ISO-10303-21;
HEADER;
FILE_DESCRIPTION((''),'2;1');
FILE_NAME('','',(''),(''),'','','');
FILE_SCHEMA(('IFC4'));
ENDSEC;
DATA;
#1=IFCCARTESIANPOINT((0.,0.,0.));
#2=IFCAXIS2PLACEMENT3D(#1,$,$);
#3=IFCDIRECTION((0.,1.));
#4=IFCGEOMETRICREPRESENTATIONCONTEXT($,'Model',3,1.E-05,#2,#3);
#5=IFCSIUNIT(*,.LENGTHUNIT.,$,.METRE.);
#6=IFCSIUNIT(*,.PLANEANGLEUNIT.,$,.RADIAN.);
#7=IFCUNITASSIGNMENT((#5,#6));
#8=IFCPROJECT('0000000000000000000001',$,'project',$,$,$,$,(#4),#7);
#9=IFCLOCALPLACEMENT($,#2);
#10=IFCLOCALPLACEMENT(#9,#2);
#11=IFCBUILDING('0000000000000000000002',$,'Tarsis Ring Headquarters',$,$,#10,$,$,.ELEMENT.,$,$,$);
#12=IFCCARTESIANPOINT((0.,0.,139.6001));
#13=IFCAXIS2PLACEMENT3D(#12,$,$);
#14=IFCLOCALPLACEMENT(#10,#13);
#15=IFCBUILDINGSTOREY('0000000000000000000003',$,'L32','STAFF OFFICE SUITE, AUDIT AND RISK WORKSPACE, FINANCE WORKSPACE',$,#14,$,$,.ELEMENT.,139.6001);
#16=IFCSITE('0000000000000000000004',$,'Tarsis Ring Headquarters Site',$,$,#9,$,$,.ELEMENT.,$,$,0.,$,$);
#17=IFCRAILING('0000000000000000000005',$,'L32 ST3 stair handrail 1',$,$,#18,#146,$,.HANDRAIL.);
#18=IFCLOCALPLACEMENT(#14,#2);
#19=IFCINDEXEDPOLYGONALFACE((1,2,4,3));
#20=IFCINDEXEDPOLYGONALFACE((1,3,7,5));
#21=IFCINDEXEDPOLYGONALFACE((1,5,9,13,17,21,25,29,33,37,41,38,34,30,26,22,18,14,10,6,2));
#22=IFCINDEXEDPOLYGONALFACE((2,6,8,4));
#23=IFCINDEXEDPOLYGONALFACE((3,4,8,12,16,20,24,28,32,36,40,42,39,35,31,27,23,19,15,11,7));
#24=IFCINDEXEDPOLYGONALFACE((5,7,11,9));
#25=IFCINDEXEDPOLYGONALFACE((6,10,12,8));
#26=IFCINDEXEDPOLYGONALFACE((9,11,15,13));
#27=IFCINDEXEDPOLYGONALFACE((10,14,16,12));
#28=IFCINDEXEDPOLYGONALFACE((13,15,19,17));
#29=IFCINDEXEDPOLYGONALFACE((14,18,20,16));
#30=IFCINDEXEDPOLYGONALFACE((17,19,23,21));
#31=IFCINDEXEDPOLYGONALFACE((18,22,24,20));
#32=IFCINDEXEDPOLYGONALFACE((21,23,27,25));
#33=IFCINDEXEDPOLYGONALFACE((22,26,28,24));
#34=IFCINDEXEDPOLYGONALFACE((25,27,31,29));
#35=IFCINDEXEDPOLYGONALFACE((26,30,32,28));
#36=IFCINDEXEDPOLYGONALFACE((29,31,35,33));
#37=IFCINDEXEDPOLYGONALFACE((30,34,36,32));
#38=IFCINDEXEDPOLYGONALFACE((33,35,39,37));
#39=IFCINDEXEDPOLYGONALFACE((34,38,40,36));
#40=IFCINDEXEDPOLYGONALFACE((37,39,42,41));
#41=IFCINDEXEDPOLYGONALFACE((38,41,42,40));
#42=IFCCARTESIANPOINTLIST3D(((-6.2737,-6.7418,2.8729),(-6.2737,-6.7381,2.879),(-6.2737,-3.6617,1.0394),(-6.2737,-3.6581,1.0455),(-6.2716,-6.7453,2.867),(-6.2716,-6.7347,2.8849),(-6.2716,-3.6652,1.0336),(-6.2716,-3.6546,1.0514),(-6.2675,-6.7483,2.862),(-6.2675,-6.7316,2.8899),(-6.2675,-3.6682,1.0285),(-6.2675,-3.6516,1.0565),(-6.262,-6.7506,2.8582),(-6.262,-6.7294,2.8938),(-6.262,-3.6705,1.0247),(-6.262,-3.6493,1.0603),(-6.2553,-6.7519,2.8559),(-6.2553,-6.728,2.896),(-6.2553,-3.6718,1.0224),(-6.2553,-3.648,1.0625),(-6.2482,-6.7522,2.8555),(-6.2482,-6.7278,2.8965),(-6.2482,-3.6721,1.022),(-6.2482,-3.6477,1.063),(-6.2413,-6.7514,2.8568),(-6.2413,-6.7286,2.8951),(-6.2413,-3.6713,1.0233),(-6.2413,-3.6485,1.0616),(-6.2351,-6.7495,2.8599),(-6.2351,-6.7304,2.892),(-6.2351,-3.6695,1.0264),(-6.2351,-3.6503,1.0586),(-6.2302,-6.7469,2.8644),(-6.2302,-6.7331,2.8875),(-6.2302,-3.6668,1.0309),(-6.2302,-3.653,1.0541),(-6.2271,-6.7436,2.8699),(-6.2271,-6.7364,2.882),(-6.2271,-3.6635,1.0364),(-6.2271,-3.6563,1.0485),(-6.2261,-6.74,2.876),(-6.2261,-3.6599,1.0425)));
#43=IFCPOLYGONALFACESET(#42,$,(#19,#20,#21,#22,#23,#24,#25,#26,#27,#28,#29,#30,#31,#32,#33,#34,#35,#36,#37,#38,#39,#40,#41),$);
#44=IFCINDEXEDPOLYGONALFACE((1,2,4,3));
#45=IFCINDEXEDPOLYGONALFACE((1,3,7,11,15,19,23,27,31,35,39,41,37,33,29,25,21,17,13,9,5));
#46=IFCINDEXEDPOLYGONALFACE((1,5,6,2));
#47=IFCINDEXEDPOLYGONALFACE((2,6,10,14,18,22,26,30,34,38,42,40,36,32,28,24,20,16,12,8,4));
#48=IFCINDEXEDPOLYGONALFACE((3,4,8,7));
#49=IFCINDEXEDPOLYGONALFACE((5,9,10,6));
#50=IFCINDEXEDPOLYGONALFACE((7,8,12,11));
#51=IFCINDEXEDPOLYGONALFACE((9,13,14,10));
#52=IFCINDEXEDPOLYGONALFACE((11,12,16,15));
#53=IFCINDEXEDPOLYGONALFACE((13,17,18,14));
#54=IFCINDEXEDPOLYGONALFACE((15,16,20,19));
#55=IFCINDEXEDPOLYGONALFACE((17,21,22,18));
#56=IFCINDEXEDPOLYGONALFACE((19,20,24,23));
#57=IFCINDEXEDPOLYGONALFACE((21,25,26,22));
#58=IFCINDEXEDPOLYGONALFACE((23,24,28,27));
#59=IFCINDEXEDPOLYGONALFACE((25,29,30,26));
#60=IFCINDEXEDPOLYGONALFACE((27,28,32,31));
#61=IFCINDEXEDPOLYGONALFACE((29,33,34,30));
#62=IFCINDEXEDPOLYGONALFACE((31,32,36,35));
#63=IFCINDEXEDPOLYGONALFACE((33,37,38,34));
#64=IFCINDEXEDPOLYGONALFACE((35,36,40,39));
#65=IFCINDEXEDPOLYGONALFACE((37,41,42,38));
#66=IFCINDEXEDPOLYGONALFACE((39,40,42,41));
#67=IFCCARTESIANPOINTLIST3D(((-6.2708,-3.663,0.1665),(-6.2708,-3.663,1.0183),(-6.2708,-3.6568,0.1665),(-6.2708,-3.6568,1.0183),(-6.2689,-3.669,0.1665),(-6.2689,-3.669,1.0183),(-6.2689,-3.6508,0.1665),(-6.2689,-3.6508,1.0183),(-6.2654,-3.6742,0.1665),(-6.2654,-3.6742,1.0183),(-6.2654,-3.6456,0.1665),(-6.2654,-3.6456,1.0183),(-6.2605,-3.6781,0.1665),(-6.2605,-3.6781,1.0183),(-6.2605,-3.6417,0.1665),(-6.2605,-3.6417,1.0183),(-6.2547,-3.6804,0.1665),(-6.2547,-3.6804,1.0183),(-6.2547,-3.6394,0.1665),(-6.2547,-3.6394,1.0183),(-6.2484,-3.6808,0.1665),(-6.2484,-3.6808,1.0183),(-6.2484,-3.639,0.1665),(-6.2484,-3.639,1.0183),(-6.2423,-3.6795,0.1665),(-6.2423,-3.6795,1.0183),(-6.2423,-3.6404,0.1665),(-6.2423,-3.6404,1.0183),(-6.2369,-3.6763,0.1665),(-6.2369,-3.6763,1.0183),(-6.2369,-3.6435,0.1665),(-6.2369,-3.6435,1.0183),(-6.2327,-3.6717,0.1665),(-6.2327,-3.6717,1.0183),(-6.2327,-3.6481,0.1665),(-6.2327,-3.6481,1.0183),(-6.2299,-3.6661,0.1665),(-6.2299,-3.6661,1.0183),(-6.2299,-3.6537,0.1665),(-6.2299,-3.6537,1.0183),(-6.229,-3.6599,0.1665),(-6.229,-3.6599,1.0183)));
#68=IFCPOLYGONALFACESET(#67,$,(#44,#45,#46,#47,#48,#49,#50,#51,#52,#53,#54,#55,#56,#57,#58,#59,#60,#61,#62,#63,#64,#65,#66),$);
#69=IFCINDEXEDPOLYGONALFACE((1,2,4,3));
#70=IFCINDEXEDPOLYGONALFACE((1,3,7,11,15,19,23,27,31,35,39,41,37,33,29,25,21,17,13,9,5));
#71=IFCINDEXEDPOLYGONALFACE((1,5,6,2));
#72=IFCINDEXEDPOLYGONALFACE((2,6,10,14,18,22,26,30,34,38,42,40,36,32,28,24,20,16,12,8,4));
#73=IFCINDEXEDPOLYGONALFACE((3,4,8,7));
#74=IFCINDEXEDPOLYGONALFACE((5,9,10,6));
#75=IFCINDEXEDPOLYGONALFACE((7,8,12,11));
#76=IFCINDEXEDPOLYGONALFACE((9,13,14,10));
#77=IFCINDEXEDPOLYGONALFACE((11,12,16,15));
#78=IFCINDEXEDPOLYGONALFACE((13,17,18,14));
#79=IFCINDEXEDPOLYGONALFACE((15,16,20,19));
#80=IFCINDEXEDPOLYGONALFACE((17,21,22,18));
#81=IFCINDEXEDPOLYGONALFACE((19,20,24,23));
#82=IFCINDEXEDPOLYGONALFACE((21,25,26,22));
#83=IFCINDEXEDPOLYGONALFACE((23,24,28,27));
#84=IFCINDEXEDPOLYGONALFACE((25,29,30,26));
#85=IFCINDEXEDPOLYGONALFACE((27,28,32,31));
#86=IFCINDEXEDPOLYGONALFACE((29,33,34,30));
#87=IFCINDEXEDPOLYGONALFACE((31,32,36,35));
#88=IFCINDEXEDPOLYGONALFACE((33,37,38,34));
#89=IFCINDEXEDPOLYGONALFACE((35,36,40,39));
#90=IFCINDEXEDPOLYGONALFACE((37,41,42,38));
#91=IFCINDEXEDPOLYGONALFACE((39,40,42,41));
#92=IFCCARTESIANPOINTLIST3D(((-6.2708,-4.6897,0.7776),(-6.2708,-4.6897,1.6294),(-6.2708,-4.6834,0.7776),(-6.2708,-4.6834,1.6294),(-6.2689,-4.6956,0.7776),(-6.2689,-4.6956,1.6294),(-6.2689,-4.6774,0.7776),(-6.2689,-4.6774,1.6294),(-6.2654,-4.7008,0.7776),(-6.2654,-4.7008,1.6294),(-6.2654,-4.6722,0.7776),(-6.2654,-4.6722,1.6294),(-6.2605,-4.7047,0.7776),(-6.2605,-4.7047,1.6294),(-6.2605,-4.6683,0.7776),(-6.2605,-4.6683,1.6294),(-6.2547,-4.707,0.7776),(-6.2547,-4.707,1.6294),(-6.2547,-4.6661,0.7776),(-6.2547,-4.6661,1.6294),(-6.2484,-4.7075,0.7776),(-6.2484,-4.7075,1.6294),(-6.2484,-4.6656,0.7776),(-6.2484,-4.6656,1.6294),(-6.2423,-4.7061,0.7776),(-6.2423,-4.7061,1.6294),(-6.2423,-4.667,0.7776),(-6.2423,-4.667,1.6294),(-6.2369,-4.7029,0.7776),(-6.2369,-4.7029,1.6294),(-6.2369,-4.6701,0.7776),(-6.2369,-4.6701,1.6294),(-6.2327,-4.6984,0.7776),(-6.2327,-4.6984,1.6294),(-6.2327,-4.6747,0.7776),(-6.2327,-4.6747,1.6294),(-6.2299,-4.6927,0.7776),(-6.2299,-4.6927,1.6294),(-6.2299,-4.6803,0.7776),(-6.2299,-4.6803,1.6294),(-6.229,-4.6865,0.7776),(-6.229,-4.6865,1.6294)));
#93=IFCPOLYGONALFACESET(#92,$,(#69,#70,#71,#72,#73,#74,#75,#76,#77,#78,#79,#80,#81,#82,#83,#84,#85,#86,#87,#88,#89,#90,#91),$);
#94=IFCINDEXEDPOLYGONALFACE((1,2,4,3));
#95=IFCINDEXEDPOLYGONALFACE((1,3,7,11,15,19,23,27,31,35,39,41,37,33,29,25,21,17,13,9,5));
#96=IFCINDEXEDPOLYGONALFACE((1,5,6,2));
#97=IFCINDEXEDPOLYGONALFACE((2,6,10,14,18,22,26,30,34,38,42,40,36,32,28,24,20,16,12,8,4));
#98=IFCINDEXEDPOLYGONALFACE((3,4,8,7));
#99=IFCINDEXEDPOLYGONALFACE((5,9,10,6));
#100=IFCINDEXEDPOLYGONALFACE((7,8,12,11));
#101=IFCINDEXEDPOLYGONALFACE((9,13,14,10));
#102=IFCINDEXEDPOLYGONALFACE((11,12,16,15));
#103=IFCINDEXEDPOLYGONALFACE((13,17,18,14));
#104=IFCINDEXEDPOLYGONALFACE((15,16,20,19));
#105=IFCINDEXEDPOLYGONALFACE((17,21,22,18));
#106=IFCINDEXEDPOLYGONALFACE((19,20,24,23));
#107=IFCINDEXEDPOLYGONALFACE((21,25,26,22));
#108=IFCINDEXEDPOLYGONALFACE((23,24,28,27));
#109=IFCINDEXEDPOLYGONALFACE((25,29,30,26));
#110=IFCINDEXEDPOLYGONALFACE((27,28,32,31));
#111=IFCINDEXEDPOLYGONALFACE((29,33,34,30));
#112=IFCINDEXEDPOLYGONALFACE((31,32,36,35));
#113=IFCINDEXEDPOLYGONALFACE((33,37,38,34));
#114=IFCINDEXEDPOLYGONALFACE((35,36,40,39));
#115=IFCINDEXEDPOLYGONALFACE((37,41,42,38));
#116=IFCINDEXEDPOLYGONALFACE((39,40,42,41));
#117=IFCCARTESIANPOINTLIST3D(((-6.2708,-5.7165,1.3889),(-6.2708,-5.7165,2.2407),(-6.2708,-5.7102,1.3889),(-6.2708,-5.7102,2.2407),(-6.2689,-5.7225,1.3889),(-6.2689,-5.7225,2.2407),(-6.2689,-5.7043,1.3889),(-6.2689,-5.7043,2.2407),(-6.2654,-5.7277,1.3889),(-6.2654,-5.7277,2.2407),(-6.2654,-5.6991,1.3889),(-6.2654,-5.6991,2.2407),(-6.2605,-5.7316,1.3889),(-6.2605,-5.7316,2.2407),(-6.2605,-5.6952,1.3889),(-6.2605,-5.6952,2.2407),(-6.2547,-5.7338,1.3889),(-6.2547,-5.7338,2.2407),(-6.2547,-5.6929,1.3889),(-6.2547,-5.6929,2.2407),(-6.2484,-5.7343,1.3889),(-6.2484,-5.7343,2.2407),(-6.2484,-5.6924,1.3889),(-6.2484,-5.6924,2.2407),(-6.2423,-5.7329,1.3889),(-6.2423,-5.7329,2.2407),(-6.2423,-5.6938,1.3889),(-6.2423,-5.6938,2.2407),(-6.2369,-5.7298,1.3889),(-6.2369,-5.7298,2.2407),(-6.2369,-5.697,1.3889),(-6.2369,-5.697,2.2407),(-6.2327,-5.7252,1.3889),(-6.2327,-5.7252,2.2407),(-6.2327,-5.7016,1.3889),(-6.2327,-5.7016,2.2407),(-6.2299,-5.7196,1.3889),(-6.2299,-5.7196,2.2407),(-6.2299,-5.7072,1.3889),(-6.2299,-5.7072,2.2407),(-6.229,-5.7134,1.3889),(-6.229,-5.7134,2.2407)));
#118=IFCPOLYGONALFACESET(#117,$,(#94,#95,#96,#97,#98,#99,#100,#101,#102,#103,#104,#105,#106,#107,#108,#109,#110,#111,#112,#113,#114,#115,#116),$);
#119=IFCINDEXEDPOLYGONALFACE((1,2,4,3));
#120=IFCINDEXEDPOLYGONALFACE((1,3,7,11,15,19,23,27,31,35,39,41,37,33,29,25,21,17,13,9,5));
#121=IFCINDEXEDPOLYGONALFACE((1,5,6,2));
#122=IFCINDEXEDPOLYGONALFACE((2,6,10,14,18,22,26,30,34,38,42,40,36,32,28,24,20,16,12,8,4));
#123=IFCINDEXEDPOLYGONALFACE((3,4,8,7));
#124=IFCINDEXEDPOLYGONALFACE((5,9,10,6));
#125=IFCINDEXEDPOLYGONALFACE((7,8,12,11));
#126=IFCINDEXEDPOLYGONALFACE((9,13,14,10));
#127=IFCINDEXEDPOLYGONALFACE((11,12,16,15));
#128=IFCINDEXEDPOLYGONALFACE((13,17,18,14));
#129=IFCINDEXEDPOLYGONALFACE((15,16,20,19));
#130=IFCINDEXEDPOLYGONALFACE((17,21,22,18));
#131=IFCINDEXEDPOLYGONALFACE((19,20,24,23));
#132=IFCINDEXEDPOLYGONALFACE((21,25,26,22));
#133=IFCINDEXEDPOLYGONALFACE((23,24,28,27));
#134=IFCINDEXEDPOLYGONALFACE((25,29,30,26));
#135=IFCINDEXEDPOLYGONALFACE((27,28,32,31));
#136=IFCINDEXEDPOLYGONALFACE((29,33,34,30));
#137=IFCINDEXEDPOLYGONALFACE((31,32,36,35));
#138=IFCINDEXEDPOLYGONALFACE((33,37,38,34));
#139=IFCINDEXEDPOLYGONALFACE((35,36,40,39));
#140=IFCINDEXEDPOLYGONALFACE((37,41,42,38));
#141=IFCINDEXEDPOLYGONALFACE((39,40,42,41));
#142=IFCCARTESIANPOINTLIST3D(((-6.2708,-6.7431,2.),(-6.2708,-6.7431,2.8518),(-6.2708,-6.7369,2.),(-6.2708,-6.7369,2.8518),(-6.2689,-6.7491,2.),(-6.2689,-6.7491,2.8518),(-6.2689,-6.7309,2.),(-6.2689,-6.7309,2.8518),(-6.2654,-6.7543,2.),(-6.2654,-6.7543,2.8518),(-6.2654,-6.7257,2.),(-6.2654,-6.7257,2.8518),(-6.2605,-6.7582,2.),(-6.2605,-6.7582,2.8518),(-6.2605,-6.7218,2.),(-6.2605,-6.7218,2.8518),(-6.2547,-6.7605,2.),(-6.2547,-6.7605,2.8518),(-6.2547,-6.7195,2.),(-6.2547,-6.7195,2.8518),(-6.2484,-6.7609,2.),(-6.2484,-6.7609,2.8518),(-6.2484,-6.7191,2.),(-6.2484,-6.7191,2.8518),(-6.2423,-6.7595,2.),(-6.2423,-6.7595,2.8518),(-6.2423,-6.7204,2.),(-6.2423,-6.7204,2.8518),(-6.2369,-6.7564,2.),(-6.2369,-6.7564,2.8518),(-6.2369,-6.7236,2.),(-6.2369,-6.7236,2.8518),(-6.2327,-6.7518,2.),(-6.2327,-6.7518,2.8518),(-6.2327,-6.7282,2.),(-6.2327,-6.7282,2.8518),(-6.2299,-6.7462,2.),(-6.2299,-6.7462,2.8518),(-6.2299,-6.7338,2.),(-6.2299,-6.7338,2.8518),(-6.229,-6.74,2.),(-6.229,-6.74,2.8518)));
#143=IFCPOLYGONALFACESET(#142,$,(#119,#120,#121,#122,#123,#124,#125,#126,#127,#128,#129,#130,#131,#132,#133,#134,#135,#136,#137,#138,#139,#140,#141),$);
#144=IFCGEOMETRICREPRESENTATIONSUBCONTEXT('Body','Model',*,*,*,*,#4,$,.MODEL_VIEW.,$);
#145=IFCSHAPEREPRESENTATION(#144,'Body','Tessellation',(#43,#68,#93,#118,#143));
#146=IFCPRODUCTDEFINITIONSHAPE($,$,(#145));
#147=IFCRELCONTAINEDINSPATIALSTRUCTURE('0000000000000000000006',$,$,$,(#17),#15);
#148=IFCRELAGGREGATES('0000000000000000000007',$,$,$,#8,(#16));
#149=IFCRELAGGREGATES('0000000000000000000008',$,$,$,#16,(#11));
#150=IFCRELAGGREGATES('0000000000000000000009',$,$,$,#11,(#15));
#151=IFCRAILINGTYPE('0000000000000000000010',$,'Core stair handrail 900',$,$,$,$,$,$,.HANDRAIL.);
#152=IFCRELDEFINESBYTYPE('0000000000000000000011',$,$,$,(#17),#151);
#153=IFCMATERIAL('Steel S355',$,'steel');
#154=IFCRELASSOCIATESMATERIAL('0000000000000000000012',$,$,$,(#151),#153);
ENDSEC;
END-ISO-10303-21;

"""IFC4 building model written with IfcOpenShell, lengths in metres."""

from ifc_helpers import new_model, si_unit, direction, frame, origin, origin_2d, place, context, subcontext, project, spatial, circle, extrude, material, type_object, element, save


model = new_model("IFC4")

# Units and contexts
model_context = context("Model", 3, precision=1e-05, world=origin(), true_north=direction((0.0, 1.0)))
body_context = subcontext(model_context, "Body", "Model", "MODEL_VIEW")
ifc_project = project(units=[si_unit("LENGTHUNIT", "METRE"), si_unit("PLANEANGLEUNIT", "RADIAN")], contexts=[model_context])

# Site, building, storey
site_placement = place(None, origin())
site = spatial("IfcSite", under=ifc_project, at=site_placement, Name="Tarsis Ring Headquarters Site", CompositionType="ELEMENT", RefElevation=0.0)
building_placement = place(site_placement, origin())
building = spatial("IfcBuilding", under=site, at=building_placement, Name="Tarsis Ring Headquarters", CompositionType="ELEMENT")
storey_placement = place(building_placement, frame((0.0, 0.0, 139.6001)))
storey = spatial("IfcBuildingStorey", under=building, at=storey_placement, Name="L32", Description="STAFF OFFICE SUITE, AUDIT AND RISK WORKSPACE, FINANCE WORKSPACE", CompositionType="ELEMENT", Elevation=139.6001)

# Shared definitions
ifc_material_1 = material(Name="Steel S355", Category="steel")

# Railing
railing_type = type_object("IfcRailingType", Name="Core stair handrail 900", PredefinedType="HANDRAIL", material=ifc_material_1)
for number, where, name in (
    (1, (-6.25, -3.6599, 0.1665), "L32 ST3 stair handrail 1"),
):
    element("IfcRailing", number, at=place(storey_placement, frame(where)), inside=storey, type_object=railing_type, Name=name, PredefinedType="HANDRAIL", context=body_context, shape_type="SweptSolid", body=[
        extrude(circle(Radius=0.0239, at=origin_2d()), frame((0.0, 0.0, 0.876), z_axis=(0.0, -0.859279, 0.511508), x_axis=(1.0, 0.0, 0.0)), (0.0, 0.0, 1.0), 3.5845),
        extrude(circle(Radius=0.021, at=origin_2d()), origin(), (0.0, 0.0, 1.0), 0.8518),
        extrude(circle(Radius=0.021, at=origin_2d()), frame((0.0, -1.0266, 0.6111)), (0.0, 0.0, 1.0), 0.8518),
        extrude(circle(Radius=0.021, at=origin_2d()), frame((0.0, -2.0535, 1.2224)), (0.0, 0.0, 1.0), 0.8518),
        extrude(circle(Radius=0.021, at=origin_2d()), frame((0.0, -3.0801, 1.8335)), (0.0, 0.0, 1.0), 0.8518),
    ])

save(model, "model.ifc")
